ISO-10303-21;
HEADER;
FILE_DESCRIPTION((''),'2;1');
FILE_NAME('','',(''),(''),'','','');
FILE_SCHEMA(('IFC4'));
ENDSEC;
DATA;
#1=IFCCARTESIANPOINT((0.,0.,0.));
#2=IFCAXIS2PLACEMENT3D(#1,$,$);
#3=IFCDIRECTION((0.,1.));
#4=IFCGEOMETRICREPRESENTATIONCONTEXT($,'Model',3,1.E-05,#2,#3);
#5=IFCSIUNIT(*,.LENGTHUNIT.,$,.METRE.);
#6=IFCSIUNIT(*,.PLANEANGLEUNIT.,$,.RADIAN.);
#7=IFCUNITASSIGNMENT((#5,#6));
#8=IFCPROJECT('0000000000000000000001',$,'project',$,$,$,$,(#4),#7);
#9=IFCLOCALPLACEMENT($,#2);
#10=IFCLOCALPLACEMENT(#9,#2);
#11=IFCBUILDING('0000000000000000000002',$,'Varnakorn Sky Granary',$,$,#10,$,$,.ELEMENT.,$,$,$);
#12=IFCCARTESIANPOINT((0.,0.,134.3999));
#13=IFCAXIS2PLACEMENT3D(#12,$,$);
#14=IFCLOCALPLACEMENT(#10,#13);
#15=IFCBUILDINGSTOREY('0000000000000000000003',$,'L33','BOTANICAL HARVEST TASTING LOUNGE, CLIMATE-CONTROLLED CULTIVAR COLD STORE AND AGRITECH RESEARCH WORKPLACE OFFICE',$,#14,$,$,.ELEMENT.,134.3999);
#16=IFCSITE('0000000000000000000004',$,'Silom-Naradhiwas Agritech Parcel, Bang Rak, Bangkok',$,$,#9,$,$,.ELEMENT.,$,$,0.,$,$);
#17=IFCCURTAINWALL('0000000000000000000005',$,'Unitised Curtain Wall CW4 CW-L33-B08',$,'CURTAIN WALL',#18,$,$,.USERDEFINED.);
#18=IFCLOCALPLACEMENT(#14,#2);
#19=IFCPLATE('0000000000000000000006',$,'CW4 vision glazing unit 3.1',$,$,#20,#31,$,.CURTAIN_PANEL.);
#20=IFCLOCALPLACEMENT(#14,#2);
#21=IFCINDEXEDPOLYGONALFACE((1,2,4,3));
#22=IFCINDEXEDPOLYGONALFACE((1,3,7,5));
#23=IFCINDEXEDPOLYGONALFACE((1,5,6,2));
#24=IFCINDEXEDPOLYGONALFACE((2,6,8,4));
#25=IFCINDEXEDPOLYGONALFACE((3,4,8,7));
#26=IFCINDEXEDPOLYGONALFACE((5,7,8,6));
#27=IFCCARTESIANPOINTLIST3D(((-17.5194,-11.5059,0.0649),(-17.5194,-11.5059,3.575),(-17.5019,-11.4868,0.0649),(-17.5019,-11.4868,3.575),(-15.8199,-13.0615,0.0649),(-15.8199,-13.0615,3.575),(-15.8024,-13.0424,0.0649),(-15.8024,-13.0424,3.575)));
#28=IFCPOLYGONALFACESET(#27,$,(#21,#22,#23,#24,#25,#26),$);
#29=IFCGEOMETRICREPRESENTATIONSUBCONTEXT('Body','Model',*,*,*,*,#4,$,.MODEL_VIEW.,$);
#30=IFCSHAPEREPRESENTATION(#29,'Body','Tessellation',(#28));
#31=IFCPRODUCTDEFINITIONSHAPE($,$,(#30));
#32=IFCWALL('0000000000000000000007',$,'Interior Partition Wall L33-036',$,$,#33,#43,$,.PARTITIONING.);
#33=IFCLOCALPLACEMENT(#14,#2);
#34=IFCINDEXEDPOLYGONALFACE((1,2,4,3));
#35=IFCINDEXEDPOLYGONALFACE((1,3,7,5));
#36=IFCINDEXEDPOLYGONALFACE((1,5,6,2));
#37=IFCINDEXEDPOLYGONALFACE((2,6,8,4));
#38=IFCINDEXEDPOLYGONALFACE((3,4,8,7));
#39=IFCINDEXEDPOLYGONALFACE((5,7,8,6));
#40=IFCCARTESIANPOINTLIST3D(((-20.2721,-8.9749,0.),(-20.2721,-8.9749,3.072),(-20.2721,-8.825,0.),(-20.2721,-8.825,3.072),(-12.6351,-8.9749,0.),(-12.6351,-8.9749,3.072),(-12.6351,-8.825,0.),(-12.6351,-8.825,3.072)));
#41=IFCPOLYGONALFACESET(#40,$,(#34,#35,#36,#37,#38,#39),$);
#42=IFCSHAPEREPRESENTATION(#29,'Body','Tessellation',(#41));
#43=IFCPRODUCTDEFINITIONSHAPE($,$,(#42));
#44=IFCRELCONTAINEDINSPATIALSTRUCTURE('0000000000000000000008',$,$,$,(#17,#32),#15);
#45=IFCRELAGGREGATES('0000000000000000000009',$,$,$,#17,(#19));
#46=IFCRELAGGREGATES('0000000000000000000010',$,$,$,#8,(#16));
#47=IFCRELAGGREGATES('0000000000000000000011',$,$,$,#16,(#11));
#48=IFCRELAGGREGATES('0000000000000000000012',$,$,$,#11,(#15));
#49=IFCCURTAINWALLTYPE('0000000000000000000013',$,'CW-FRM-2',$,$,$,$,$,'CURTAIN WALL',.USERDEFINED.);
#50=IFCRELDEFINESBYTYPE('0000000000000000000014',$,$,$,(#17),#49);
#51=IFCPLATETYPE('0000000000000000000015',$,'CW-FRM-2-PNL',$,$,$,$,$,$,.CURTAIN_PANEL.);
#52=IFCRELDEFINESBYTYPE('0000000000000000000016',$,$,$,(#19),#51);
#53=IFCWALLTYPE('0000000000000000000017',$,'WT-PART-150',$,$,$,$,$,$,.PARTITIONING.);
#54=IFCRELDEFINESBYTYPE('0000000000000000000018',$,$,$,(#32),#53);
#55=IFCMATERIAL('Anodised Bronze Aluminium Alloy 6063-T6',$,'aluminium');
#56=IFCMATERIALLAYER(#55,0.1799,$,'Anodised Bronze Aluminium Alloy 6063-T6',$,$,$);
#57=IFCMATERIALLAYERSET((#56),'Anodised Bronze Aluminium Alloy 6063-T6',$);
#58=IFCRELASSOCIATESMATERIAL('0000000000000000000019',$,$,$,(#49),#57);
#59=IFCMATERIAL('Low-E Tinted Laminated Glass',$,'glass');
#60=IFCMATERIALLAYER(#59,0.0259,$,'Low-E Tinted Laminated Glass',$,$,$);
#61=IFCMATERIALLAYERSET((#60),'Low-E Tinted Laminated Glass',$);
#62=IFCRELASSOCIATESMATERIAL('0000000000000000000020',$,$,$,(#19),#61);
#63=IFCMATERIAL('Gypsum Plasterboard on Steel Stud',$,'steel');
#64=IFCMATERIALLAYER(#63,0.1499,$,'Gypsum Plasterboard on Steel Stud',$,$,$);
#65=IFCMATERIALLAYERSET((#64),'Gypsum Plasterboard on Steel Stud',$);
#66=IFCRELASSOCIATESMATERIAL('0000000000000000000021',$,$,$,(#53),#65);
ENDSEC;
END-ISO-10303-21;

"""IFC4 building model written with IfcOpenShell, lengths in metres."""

from ifc_helpers import new_model, si_unit, direction, frame, frame_2d, origin, origin_2d, place, context, subcontext, project, spatial, rectangle, extrude, source, transform, mapped, material, layer, layer_set, type_object, element, aggregate, save


model = new_model("IFC4")

# Units and contexts
model_context = context("Model", 3, precision=1e-05, world=origin(), true_north=direction((0.0, 1.0)))
body_context = subcontext(model_context, "Body", "Model", "MODEL_VIEW")
ifc_project = project(units=[si_unit("LENGTHUNIT", "METRE"), si_unit("PLANEANGLEUNIT", "RADIAN")], contexts=[model_context])

# Site, building, storey
site_placement = place(None, origin())
site = spatial("IfcSite", under=ifc_project, at=site_placement, Name="Silom-Naradhiwas Agritech Parcel, Bang Rak, Bangkok", CompositionType="ELEMENT", RefElevation=0.0)
building_placement = place(site_placement, origin())
building = spatial("IfcBuilding", under=site, at=building_placement, Name="Varnakorn Sky Granary", CompositionType="ELEMENT")
storey_placement = place(building_placement, frame((0.0, 0.0, 134.3999)))
storey = spatial("IfcBuildingStorey", under=building, at=storey_placement, Name="L33", Description="BOTANICAL HARVEST TASTING LOUNGE, CLIMATE-CONTROLLED CULTIVAR COLD STORE AND AGRITECH RESEARCH WORKPLACE OFFICE", CompositionType="ELEMENT", Elevation=134.3999)

# Shared definitions
ifc_material_1 = material(Name="Anodised Bronze Aluminium Alloy 6063-T6", Category="aluminium")
ifc_layer_1 = layer(ifc_material_1, 0.1799, Name="Anodised Bronze Aluminium Alloy 6063-T6")
ifc_layer_set_1 = layer_set([ifc_layer_1], Name="Anodised Bronze Aluminium Alloy 6063-T6")
curtain_wall_type = type_object("IfcCurtainWallType", Name="CW-FRM-2", ElementType="CURTAIN WALL", PredefinedType="USERDEFINED", material=ifc_layer_set_1)

# Curtain wall
curtain_wall_1_placement = place(storey_placement, origin())
curtain_wall_1 = element("IfcCurtainWall", 1, at=curtain_wall_1_placement, inside=storey, type_object=curtain_wall_type, Name="Unitised Curtain Wall CW4 CW-L33-B08", ObjectType="CURTAIN WALL", PredefinedType="USERDEFINED")

# Plate
plate_type = type_object("IfcPlateType", Name="CW-FRM-2-PNL", PredefinedType="CURTAIN_PANEL")
ifc_material_2 = material(Name="Low-E Tinted Laminated Glass", Category="glass")
ifc_layer_2 = layer(ifc_material_2, 0.0259, Name="Low-E Tinted Laminated Glass")
ifc_layer_set_2 = layer_set([ifc_layer_2], Name="Low-E Tinted Laminated Glass")
shared_shape_1 = source(origin(), body_context, "Body", "SweptSolid", [
    extrude(rectangle(XDim=2.304, YDim=0.0259, at=origin_2d()), origin(), (0.0, 0.0, 1.0), 3.51),
])
plate_1_placement = place(storey_placement, frame((-16.6609, -12.2742, 0.0649), z_axis=(0.0, 0.0, 1.0), x_axis=(-0.737651, 0.675183, 0.0)))
plate_1 = element("IfcPlate", 2, at=plate_1_placement, type_object=plate_type, material=ifc_layer_set_2, Name="CW4 vision glazing unit 3.1", PredefinedType="CURTAIN_PANEL", context=body_context, shape_type="MappedRepresentation", body=[
    mapped(shared_shape_1, transform((0.0, 0.0, 0.0), x_axis=(1.0, 0.0, 0.0), y_axis=(0.0, 1.0, 0.0), z_axis=(0.0, 0.0, 1.0), scale=1.0)),
])
aggregate(curtain_wall_1, [plate_1])

# Wall
ifc_material_3 = material(Name="Gypsum Plasterboard on Steel Stud", Category="steel")
ifc_layer_3 = layer(ifc_material_3, 0.1499, Name="Gypsum Plasterboard on Steel Stud")
ifc_layer_set_3 = layer_set([ifc_layer_3], Name="Gypsum Plasterboard on Steel Stud")
wall_type = type_object("IfcWallType", Name="WT-PART-150", PredefinedType="PARTITIONING", material=ifc_layer_set_3)
wall_placement = place(storey_placement, frame((-20.272, -8.8999, 0.0), z_axis=(0.0, 0.0, 1.0), x_axis=(1.0, 0.0, 0.0)))
element("IfcWall", 3, at=wall_placement, inside=storey, type_object=wall_type, Name="Interior Partition Wall L33-036", PredefinedType="PARTITIONING", context=body_context, shape_type="SweptSolid", body=[
    extrude(rectangle(XDim=7.637, YDim=0.1499, at=frame_2d((3.8184, 0.0))), origin(), (0.0, 0.0, 1.0), 3.072),
])

save(model, "model.ifc")
